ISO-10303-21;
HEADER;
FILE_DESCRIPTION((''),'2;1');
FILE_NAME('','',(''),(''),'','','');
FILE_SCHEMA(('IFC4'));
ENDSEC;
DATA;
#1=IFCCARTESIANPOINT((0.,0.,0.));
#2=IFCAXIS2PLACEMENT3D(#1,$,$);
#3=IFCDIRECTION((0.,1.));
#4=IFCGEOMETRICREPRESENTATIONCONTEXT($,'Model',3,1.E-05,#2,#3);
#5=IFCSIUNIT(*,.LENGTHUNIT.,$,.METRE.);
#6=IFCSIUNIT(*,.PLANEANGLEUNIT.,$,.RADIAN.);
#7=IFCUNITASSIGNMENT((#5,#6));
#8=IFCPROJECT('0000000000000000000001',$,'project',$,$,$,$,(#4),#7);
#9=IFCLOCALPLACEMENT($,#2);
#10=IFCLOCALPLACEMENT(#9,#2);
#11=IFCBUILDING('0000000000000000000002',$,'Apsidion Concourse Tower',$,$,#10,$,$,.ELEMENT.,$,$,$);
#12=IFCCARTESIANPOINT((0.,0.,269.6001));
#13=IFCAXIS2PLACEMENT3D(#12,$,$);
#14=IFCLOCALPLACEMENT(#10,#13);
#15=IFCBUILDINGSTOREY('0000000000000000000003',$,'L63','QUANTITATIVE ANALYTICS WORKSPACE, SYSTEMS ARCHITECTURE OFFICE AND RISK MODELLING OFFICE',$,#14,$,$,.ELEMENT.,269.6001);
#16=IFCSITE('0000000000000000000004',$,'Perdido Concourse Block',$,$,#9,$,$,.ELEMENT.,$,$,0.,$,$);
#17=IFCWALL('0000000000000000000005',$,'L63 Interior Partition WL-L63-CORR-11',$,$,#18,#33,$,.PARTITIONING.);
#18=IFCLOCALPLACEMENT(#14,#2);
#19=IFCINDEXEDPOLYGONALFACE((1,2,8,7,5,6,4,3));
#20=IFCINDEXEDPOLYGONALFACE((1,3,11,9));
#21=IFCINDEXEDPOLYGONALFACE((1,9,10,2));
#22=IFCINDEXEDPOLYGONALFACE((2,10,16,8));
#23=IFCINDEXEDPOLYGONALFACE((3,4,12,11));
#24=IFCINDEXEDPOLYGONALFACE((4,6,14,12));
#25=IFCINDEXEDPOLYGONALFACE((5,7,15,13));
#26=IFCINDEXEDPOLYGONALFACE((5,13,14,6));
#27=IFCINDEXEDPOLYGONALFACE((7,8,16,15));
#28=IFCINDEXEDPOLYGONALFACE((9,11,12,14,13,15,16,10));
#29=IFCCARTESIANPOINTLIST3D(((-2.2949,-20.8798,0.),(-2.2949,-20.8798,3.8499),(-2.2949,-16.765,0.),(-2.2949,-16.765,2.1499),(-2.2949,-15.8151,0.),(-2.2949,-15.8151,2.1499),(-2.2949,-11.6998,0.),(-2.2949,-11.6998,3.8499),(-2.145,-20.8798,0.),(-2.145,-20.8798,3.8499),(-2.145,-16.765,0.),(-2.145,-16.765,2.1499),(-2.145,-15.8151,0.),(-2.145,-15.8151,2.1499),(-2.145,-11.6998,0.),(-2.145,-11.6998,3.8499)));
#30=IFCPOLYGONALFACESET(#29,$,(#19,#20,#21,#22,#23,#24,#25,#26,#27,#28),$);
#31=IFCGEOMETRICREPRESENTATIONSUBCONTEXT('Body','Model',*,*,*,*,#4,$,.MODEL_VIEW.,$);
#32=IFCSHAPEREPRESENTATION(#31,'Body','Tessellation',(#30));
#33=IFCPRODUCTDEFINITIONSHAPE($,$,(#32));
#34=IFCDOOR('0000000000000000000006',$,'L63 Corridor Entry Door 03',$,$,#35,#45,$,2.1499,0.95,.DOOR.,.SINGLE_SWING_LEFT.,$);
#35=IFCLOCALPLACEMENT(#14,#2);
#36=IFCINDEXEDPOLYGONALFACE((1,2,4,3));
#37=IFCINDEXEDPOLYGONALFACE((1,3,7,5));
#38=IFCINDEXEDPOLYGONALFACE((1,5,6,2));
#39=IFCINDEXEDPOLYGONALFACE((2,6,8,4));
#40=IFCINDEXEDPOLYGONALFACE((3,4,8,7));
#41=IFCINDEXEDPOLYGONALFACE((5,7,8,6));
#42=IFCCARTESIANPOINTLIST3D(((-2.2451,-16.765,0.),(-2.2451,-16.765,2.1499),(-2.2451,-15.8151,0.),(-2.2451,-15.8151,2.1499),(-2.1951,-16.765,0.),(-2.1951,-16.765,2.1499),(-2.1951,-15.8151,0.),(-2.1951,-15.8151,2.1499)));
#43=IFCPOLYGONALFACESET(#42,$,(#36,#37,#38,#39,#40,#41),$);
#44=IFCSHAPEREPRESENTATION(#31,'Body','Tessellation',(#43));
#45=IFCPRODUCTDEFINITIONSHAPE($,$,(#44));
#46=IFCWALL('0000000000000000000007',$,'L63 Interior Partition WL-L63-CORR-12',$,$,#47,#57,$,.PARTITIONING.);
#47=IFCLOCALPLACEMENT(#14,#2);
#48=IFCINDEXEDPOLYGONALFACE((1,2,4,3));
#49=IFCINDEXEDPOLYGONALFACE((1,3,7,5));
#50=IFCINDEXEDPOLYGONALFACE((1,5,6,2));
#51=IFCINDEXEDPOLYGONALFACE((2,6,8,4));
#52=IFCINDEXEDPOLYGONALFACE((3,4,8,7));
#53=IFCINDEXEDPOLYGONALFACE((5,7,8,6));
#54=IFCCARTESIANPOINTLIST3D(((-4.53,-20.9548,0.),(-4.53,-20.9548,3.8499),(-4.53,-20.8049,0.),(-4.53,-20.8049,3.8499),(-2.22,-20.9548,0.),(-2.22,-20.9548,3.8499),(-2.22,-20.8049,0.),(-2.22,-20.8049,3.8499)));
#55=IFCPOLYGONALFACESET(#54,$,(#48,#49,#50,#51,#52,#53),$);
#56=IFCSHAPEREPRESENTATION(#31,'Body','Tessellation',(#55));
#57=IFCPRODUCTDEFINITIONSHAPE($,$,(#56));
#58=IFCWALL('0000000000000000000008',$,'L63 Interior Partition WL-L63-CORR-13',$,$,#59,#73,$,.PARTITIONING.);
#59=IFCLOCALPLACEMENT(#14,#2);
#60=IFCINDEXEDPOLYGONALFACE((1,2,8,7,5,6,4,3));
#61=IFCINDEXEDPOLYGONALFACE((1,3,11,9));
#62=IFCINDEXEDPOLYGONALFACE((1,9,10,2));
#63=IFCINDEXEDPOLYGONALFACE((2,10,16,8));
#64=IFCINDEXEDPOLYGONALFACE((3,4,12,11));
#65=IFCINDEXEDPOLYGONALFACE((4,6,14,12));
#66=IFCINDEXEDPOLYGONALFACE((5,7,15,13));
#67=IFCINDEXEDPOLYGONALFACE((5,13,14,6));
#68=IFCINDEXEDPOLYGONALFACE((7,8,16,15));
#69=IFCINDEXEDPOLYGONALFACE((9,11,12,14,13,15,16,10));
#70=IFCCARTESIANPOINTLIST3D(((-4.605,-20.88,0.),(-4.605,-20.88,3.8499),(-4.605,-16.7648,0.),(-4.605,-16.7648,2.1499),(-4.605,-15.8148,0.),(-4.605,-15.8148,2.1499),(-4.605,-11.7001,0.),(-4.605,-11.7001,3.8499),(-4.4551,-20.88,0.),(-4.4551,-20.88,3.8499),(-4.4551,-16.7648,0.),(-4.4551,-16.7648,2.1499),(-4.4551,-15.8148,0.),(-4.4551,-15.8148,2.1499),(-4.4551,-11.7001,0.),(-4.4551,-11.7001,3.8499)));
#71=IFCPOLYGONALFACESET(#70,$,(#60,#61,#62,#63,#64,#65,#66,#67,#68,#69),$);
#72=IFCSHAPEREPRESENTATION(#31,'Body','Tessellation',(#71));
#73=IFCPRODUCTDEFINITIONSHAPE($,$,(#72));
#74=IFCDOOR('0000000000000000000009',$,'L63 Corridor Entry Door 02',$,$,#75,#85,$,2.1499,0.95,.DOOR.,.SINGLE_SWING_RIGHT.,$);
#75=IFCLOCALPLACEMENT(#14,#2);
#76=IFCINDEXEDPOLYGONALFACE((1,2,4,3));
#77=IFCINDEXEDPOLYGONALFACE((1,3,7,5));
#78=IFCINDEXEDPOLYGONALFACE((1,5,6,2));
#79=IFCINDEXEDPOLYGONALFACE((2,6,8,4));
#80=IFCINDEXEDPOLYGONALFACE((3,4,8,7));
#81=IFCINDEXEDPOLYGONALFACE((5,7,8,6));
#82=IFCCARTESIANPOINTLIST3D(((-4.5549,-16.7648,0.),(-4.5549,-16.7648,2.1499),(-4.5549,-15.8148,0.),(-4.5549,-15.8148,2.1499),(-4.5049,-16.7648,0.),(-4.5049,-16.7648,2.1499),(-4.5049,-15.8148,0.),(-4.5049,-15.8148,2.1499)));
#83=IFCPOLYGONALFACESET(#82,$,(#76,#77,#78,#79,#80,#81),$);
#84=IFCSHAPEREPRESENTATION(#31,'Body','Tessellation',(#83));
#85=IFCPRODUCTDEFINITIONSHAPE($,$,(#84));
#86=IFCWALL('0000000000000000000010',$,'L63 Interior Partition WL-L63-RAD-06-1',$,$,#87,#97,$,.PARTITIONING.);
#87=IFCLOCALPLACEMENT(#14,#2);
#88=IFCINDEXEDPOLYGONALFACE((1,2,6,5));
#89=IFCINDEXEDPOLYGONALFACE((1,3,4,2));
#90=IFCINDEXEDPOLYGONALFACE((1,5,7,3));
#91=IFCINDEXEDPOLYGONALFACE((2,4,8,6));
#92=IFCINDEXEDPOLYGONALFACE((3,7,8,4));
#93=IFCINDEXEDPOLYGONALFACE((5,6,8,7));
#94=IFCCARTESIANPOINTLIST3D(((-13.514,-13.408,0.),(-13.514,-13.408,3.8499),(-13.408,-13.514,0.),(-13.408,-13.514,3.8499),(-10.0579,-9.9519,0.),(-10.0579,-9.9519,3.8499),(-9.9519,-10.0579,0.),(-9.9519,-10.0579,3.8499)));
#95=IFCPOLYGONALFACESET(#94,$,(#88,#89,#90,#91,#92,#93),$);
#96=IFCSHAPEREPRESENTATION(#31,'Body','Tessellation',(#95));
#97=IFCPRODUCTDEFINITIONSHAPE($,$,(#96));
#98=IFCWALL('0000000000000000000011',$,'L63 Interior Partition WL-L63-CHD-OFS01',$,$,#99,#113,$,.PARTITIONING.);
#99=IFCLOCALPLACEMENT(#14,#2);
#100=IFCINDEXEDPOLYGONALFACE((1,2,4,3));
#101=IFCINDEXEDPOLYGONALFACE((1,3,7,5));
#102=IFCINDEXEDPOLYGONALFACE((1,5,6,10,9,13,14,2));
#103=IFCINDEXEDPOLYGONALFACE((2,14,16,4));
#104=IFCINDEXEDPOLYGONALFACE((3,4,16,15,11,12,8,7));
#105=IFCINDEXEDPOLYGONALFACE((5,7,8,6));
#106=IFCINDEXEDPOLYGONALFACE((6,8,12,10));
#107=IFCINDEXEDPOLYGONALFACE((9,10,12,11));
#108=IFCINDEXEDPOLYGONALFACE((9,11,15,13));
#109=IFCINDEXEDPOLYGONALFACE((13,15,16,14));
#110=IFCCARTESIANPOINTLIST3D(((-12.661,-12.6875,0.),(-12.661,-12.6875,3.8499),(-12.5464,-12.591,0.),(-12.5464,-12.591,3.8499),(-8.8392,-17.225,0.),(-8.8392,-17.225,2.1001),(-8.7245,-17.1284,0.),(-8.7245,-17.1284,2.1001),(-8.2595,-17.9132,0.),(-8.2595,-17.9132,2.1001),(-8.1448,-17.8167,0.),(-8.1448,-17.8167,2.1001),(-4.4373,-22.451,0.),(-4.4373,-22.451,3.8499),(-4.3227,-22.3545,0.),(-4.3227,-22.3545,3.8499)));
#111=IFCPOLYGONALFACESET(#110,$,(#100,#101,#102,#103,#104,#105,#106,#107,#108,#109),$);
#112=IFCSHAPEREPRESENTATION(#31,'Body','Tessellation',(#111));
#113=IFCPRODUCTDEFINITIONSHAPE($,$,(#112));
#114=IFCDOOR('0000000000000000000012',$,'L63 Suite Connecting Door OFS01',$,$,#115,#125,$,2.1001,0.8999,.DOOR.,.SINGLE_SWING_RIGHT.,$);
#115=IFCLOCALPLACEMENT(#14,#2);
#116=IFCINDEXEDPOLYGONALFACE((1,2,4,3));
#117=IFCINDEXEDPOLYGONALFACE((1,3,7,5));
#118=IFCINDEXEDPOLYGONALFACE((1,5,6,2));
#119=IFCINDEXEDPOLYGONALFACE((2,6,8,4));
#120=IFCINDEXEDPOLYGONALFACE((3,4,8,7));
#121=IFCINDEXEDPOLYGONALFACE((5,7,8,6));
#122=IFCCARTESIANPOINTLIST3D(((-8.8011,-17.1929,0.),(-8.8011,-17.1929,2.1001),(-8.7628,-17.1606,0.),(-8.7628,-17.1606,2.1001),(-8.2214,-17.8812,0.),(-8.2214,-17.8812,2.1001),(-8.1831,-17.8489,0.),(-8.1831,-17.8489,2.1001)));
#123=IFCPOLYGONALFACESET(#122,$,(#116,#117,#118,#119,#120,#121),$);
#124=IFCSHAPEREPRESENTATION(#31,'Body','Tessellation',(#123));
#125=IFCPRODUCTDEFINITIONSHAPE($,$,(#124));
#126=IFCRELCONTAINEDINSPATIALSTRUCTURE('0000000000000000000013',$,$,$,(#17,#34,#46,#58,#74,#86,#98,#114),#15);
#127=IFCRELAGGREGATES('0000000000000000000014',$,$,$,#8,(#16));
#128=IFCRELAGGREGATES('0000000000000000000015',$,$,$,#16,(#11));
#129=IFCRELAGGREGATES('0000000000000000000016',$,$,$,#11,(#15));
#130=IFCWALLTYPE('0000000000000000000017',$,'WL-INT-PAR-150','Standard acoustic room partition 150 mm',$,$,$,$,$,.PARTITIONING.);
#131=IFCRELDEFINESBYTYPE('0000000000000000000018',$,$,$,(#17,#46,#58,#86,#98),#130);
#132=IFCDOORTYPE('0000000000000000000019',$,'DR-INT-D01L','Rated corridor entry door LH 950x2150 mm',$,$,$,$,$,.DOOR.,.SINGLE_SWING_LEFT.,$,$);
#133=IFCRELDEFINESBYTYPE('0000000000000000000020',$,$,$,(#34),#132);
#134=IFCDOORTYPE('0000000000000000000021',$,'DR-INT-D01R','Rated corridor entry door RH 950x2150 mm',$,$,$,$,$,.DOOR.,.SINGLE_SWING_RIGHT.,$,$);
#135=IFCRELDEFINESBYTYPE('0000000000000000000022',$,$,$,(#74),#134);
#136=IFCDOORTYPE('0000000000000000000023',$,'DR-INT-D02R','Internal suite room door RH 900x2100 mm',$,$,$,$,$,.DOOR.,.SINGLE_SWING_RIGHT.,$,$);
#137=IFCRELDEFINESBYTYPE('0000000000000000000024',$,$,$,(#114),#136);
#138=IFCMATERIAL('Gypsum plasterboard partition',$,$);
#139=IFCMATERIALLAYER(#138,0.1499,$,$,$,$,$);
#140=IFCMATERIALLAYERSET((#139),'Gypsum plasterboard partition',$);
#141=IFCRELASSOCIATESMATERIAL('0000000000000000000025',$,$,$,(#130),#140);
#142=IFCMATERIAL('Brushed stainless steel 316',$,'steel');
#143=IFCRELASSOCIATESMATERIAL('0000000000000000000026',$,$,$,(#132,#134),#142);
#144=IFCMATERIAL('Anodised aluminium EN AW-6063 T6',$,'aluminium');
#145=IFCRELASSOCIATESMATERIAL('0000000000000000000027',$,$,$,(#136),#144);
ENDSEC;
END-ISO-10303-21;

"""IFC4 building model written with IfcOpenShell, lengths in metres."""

from ifc_helpers import new_model, si_unit, direction, frame, frame_2d, origin, place, context, subcontext, project, spatial, rectangle, extrude, material, layer, layer_set, type_object, element, fill, save


model = new_model("IFC4")

# Units and contexts
model_context = context("Model", 3, precision=1e-05, world=origin(), true_north=direction((0.0, 1.0)))
body_context = subcontext(model_context, "Body", "Model", "MODEL_VIEW")
ifc_project = project(units=[si_unit("LENGTHUNIT", "METRE"), si_unit("PLANEANGLEUNIT", "RADIAN")], contexts=[model_context])

# Site, building, storey
site_placement = place(None, origin())
site = spatial("IfcSite", under=ifc_project, at=site_placement, Name="Perdido Concourse Block", CompositionType="ELEMENT", RefElevation=0.0)
building_placement = place(site_placement, origin())
building = spatial("IfcBuilding", under=site, at=building_placement, Name="Apsidion Concourse Tower", CompositionType="ELEMENT")
storey_placement = place(building_placement, frame((0.0, 0.0, 269.6001)))
storey = spatial("IfcBuildingStorey", under=building, at=storey_placement, Name="L63", Description="QUANTITATIVE ANALYTICS WORKSPACE, SYSTEMS ARCHITECTURE OFFICE AND RISK MODELLING OFFICE", CompositionType="ELEMENT", Elevation=269.6001)

# Shared definitions
ifc_material_1 = material(Name="Gypsum plasterboard partition")
ifc_layer = layer(ifc_material_1, 0.1499)
ifc_layer_set = layer_set([ifc_layer], Name="Gypsum plasterboard partition")
wall_type = type_object("IfcWallType", Name="WL-INT-PAR-150", Description="Standard acoustic room partition 150 mm", PredefinedType="PARTITIONING", material=ifc_layer_set)

# Shared definitions
ifc_material_2 = material(Name="Brushed stainless steel 316", Category="steel")
door_type_1 = type_object("IfcDoorType", Name="DR-INT-D01L", Description="Rated corridor entry door LH 950x2150 mm", OperationType="SINGLE_SWING_LEFT", PredefinedType="DOOR", material=ifc_material_2)
door_type_2 = type_object("IfcDoorType", Name="DR-INT-D01R", Description="Rated corridor entry door RH 950x2150 mm", OperationType="SINGLE_SWING_RIGHT", PredefinedType="DOOR", material=ifc_material_2)

# Wall, opening, door
wall_1_placement = place(storey_placement, frame((-2.22, -11.7, 0.0), z_axis=(0.0, 0.0, 1.0), x_axis=(0.0, -1.0, 0.0)))
wall_1 = element("IfcWall", 1, at=wall_1_placement, inside=storey, type_object=wall_type, Name="L63 Interior Partition WL-L63-CORR-11", PredefinedType="PARTITIONING", context=body_context, shape_type="SweptSolid", body=[
    extrude(rectangle(XDim=9.1799, YDim=0.1499, at=frame_2d((4.5898, 0.0))), origin(), (0.0, 0.0, 1.0), 3.8499),
])
opening_1_placement = place(wall_1_placement, frame((4.115, 0.0, 0.0)))
opening_1 = element("IfcOpeningElement", 2, at=opening_1_placement, cuts=wall_1, PredefinedType="OPENING", context=body_context, shape_type="SweptSolid", body=[
    extrude(rectangle(XDim=0.95, YDim=2.1499, at=frame_2d((0.4751, 1.075))), frame((0.0, 0.085, 0.0), z_axis=(0.0, -1.0, 0.0), x_axis=(1.0, 0.0, 0.0)), (0.0, 0.0, 1.0), 0.1699),
])
door_1_placement = place(opening_1_placement, origin())
door_1 = element("IfcDoor", 3, at=door_1_placement, inside=storey, type_object=door_type_1, Name="L63 Corridor Entry Door 03", OperationType="SINGLE_SWING_LEFT", OverallHeight=2.1499, OverallWidth=0.95, PredefinedType="DOOR", context=body_context, shape_type="SweptSolid", body=[
    extrude(rectangle(XDim=0.95, YDim=2.1499, at=frame_2d((0.4751, 1.075))), frame((0.0, 0.0249, 0.0), z_axis=(0.0, -1.0, 0.0), x_axis=(1.0, 0.0, 0.0)), (0.0, 0.0, 1.0), 0.05),
])
fill(opening_1, door_1)

# Wall
wall_2_placement = place(storey_placement, frame((-2.22, -20.8799, 0.0), z_axis=(0.0, 0.0, 1.0), x_axis=(-1.0, 0.0, 0.0)))
element("IfcWall", 4, at=wall_2_placement, inside=storey, type_object=wall_type, Name="L63 Interior Partition WL-L63-CORR-12", PredefinedType="PARTITIONING", context=body_context, shape_type="SweptSolid", body=[
    extrude(rectangle(XDim=2.3101, YDim=0.1499, at=frame_2d((1.155, 0.0))), origin(), (0.0, 0.0, 1.0), 3.8499),
])

# Wall, opening, door
wall_3_placement = place(storey_placement, frame((-4.53, -20.8799, 0.0), z_axis=(0.0, 0.0, 1.0), x_axis=(0.0, 1.0, 0.0)))
wall_3 = element("IfcWall", 5, at=wall_3_placement, inside=storey, type_object=wall_type, Name="L63 Interior Partition WL-L63-CORR-13", PredefinedType="PARTITIONING", context=body_context, shape_type="SweptSolid", body=[
    extrude(rectangle(XDim=9.1799, YDim=0.1499, at=frame_2d((4.5898, 0.0))), origin(), (0.0, 0.0, 1.0), 3.8499),
])
opening_2_placement = place(wall_3_placement, frame((4.115, 0.0, 0.0)))
opening_2 = element("IfcOpeningElement", 6, at=opening_2_placement, cuts=wall_3, PredefinedType="OPENING", context=body_context, shape_type="SweptSolid", body=[
    extrude(rectangle(XDim=0.95, YDim=2.1499, at=frame_2d((0.4751, 1.075))), frame((0.0, 0.085, 0.0), z_axis=(0.0, -1.0, 0.0), x_axis=(1.0, 0.0, 0.0)), (0.0, 0.0, 1.0), 0.1699),
])
door_2_placement = place(opening_2_placement, origin())
door_2 = element("IfcDoor", 7, at=door_2_placement, inside=storey, type_object=door_type_2, Name="L63 Corridor Entry Door 02", OperationType="SINGLE_SWING_RIGHT", OverallHeight=2.1499, OverallWidth=0.95, PredefinedType="DOOR", context=body_context, shape_type="SweptSolid", body=[
    extrude(rectangle(XDim=0.95, YDim=2.1499, at=frame_2d((0.4751, 1.075))), frame((0.0, 0.0249, 0.0), z_axis=(0.0, -1.0, 0.0), x_axis=(1.0, 0.0, 0.0)), (0.0, 0.0, 1.0), 0.05),
])
fill(opening_2, door_2)

# Wall
wall_4_placement = place(storey_placement, frame((-10.0049, -10.0049, 0.0), z_axis=(0.0, 0.0, 1.0), x_axis=(-0.707107, -0.707107, 0.0)))
element("IfcWall", 8, at=wall_4_placement, inside=storey, type_object=wall_type, Name="L63 Interior Partition WL-L63-RAD-06-1", PredefinedType="PARTITIONING", context=body_context, shape_type="SweptSolid", body=[
    extrude(rectangle(XDim=4.8877, YDim=0.1499, at=frame_2d((2.4438, 0.0))), origin(), (0.0, 0.0, 1.0), 3.8499),
])

# Wall, opening, door
wall_5_placement = place(storey_placement, frame((-12.6038, -12.6392, 0.0), z_axis=(0.0, 0.0, 1.0), x_axis=(0.644218, -0.764842, 0.0)))
wall_5 = element("IfcWall", 9, at=wall_5_placement, inside=storey, type_object=wall_type, Name="L63 Interior Partition WL-L63-CHD-OFS01", PredefinedType="PARTITIONING", context=body_context, shape_type="SweptSolid", body=[
    extrude(rectangle(XDim=12.7654, YDim=0.1499, at=frame_2d((6.3828, 0.0))), origin(), (0.0, 0.0, 1.0), 3.8499),
])
opening_3_placement = place(wall_5_placement, frame((5.9326, 0.0, 0.0)))
opening_3 = element("IfcOpeningElement", 10, at=opening_3_placement, cuts=wall_5, PredefinedType="OPENING", context=body_context, shape_type="SweptSolid", body=[
    extrude(rectangle(XDim=0.8999, YDim=2.1001, at=frame_2d((0.45, 1.05))), frame((0.0, 0.085, 0.0), z_axis=(0.0, -1.0, 0.0), x_axis=(1.0, 0.0, 0.0)), (0.0, 0.0, 1.0), 0.1699),
])
ifc_material_3 = material(Name="Anodised aluminium EN AW-6063 T6", Category="aluminium")
door_type_3 = type_object("IfcDoorType", Name="DR-INT-D02R", Description="Internal suite room door RH 900x2100 mm", OperationType="SINGLE_SWING_RIGHT", PredefinedType="DOOR", material=ifc_material_3)
door_3_placement = place(opening_3_placement, origin())
door_3 = element("IfcDoor", 11, at=door_3_placement, inside=storey, type_object=door_type_3, Name="L63 Suite Connecting Door OFS01", OperationType="SINGLE_SWING_RIGHT", OverallHeight=2.1001, OverallWidth=0.8999, PredefinedType="DOOR", context=body_context, shape_type="SweptSolid", body=[
    extrude(rectangle(XDim=0.8999, YDim=2.1001, at=frame_2d((0.45, 1.05))), frame((0.0, 0.0249, 0.0), z_axis=(0.0, -1.0, 0.0), x_axis=(1.0, 0.0, 0.0)), (0.0, 0.0, 1.0), 0.05),
])
fill(opening_3, door_3)

save(model, "model.ifc")
